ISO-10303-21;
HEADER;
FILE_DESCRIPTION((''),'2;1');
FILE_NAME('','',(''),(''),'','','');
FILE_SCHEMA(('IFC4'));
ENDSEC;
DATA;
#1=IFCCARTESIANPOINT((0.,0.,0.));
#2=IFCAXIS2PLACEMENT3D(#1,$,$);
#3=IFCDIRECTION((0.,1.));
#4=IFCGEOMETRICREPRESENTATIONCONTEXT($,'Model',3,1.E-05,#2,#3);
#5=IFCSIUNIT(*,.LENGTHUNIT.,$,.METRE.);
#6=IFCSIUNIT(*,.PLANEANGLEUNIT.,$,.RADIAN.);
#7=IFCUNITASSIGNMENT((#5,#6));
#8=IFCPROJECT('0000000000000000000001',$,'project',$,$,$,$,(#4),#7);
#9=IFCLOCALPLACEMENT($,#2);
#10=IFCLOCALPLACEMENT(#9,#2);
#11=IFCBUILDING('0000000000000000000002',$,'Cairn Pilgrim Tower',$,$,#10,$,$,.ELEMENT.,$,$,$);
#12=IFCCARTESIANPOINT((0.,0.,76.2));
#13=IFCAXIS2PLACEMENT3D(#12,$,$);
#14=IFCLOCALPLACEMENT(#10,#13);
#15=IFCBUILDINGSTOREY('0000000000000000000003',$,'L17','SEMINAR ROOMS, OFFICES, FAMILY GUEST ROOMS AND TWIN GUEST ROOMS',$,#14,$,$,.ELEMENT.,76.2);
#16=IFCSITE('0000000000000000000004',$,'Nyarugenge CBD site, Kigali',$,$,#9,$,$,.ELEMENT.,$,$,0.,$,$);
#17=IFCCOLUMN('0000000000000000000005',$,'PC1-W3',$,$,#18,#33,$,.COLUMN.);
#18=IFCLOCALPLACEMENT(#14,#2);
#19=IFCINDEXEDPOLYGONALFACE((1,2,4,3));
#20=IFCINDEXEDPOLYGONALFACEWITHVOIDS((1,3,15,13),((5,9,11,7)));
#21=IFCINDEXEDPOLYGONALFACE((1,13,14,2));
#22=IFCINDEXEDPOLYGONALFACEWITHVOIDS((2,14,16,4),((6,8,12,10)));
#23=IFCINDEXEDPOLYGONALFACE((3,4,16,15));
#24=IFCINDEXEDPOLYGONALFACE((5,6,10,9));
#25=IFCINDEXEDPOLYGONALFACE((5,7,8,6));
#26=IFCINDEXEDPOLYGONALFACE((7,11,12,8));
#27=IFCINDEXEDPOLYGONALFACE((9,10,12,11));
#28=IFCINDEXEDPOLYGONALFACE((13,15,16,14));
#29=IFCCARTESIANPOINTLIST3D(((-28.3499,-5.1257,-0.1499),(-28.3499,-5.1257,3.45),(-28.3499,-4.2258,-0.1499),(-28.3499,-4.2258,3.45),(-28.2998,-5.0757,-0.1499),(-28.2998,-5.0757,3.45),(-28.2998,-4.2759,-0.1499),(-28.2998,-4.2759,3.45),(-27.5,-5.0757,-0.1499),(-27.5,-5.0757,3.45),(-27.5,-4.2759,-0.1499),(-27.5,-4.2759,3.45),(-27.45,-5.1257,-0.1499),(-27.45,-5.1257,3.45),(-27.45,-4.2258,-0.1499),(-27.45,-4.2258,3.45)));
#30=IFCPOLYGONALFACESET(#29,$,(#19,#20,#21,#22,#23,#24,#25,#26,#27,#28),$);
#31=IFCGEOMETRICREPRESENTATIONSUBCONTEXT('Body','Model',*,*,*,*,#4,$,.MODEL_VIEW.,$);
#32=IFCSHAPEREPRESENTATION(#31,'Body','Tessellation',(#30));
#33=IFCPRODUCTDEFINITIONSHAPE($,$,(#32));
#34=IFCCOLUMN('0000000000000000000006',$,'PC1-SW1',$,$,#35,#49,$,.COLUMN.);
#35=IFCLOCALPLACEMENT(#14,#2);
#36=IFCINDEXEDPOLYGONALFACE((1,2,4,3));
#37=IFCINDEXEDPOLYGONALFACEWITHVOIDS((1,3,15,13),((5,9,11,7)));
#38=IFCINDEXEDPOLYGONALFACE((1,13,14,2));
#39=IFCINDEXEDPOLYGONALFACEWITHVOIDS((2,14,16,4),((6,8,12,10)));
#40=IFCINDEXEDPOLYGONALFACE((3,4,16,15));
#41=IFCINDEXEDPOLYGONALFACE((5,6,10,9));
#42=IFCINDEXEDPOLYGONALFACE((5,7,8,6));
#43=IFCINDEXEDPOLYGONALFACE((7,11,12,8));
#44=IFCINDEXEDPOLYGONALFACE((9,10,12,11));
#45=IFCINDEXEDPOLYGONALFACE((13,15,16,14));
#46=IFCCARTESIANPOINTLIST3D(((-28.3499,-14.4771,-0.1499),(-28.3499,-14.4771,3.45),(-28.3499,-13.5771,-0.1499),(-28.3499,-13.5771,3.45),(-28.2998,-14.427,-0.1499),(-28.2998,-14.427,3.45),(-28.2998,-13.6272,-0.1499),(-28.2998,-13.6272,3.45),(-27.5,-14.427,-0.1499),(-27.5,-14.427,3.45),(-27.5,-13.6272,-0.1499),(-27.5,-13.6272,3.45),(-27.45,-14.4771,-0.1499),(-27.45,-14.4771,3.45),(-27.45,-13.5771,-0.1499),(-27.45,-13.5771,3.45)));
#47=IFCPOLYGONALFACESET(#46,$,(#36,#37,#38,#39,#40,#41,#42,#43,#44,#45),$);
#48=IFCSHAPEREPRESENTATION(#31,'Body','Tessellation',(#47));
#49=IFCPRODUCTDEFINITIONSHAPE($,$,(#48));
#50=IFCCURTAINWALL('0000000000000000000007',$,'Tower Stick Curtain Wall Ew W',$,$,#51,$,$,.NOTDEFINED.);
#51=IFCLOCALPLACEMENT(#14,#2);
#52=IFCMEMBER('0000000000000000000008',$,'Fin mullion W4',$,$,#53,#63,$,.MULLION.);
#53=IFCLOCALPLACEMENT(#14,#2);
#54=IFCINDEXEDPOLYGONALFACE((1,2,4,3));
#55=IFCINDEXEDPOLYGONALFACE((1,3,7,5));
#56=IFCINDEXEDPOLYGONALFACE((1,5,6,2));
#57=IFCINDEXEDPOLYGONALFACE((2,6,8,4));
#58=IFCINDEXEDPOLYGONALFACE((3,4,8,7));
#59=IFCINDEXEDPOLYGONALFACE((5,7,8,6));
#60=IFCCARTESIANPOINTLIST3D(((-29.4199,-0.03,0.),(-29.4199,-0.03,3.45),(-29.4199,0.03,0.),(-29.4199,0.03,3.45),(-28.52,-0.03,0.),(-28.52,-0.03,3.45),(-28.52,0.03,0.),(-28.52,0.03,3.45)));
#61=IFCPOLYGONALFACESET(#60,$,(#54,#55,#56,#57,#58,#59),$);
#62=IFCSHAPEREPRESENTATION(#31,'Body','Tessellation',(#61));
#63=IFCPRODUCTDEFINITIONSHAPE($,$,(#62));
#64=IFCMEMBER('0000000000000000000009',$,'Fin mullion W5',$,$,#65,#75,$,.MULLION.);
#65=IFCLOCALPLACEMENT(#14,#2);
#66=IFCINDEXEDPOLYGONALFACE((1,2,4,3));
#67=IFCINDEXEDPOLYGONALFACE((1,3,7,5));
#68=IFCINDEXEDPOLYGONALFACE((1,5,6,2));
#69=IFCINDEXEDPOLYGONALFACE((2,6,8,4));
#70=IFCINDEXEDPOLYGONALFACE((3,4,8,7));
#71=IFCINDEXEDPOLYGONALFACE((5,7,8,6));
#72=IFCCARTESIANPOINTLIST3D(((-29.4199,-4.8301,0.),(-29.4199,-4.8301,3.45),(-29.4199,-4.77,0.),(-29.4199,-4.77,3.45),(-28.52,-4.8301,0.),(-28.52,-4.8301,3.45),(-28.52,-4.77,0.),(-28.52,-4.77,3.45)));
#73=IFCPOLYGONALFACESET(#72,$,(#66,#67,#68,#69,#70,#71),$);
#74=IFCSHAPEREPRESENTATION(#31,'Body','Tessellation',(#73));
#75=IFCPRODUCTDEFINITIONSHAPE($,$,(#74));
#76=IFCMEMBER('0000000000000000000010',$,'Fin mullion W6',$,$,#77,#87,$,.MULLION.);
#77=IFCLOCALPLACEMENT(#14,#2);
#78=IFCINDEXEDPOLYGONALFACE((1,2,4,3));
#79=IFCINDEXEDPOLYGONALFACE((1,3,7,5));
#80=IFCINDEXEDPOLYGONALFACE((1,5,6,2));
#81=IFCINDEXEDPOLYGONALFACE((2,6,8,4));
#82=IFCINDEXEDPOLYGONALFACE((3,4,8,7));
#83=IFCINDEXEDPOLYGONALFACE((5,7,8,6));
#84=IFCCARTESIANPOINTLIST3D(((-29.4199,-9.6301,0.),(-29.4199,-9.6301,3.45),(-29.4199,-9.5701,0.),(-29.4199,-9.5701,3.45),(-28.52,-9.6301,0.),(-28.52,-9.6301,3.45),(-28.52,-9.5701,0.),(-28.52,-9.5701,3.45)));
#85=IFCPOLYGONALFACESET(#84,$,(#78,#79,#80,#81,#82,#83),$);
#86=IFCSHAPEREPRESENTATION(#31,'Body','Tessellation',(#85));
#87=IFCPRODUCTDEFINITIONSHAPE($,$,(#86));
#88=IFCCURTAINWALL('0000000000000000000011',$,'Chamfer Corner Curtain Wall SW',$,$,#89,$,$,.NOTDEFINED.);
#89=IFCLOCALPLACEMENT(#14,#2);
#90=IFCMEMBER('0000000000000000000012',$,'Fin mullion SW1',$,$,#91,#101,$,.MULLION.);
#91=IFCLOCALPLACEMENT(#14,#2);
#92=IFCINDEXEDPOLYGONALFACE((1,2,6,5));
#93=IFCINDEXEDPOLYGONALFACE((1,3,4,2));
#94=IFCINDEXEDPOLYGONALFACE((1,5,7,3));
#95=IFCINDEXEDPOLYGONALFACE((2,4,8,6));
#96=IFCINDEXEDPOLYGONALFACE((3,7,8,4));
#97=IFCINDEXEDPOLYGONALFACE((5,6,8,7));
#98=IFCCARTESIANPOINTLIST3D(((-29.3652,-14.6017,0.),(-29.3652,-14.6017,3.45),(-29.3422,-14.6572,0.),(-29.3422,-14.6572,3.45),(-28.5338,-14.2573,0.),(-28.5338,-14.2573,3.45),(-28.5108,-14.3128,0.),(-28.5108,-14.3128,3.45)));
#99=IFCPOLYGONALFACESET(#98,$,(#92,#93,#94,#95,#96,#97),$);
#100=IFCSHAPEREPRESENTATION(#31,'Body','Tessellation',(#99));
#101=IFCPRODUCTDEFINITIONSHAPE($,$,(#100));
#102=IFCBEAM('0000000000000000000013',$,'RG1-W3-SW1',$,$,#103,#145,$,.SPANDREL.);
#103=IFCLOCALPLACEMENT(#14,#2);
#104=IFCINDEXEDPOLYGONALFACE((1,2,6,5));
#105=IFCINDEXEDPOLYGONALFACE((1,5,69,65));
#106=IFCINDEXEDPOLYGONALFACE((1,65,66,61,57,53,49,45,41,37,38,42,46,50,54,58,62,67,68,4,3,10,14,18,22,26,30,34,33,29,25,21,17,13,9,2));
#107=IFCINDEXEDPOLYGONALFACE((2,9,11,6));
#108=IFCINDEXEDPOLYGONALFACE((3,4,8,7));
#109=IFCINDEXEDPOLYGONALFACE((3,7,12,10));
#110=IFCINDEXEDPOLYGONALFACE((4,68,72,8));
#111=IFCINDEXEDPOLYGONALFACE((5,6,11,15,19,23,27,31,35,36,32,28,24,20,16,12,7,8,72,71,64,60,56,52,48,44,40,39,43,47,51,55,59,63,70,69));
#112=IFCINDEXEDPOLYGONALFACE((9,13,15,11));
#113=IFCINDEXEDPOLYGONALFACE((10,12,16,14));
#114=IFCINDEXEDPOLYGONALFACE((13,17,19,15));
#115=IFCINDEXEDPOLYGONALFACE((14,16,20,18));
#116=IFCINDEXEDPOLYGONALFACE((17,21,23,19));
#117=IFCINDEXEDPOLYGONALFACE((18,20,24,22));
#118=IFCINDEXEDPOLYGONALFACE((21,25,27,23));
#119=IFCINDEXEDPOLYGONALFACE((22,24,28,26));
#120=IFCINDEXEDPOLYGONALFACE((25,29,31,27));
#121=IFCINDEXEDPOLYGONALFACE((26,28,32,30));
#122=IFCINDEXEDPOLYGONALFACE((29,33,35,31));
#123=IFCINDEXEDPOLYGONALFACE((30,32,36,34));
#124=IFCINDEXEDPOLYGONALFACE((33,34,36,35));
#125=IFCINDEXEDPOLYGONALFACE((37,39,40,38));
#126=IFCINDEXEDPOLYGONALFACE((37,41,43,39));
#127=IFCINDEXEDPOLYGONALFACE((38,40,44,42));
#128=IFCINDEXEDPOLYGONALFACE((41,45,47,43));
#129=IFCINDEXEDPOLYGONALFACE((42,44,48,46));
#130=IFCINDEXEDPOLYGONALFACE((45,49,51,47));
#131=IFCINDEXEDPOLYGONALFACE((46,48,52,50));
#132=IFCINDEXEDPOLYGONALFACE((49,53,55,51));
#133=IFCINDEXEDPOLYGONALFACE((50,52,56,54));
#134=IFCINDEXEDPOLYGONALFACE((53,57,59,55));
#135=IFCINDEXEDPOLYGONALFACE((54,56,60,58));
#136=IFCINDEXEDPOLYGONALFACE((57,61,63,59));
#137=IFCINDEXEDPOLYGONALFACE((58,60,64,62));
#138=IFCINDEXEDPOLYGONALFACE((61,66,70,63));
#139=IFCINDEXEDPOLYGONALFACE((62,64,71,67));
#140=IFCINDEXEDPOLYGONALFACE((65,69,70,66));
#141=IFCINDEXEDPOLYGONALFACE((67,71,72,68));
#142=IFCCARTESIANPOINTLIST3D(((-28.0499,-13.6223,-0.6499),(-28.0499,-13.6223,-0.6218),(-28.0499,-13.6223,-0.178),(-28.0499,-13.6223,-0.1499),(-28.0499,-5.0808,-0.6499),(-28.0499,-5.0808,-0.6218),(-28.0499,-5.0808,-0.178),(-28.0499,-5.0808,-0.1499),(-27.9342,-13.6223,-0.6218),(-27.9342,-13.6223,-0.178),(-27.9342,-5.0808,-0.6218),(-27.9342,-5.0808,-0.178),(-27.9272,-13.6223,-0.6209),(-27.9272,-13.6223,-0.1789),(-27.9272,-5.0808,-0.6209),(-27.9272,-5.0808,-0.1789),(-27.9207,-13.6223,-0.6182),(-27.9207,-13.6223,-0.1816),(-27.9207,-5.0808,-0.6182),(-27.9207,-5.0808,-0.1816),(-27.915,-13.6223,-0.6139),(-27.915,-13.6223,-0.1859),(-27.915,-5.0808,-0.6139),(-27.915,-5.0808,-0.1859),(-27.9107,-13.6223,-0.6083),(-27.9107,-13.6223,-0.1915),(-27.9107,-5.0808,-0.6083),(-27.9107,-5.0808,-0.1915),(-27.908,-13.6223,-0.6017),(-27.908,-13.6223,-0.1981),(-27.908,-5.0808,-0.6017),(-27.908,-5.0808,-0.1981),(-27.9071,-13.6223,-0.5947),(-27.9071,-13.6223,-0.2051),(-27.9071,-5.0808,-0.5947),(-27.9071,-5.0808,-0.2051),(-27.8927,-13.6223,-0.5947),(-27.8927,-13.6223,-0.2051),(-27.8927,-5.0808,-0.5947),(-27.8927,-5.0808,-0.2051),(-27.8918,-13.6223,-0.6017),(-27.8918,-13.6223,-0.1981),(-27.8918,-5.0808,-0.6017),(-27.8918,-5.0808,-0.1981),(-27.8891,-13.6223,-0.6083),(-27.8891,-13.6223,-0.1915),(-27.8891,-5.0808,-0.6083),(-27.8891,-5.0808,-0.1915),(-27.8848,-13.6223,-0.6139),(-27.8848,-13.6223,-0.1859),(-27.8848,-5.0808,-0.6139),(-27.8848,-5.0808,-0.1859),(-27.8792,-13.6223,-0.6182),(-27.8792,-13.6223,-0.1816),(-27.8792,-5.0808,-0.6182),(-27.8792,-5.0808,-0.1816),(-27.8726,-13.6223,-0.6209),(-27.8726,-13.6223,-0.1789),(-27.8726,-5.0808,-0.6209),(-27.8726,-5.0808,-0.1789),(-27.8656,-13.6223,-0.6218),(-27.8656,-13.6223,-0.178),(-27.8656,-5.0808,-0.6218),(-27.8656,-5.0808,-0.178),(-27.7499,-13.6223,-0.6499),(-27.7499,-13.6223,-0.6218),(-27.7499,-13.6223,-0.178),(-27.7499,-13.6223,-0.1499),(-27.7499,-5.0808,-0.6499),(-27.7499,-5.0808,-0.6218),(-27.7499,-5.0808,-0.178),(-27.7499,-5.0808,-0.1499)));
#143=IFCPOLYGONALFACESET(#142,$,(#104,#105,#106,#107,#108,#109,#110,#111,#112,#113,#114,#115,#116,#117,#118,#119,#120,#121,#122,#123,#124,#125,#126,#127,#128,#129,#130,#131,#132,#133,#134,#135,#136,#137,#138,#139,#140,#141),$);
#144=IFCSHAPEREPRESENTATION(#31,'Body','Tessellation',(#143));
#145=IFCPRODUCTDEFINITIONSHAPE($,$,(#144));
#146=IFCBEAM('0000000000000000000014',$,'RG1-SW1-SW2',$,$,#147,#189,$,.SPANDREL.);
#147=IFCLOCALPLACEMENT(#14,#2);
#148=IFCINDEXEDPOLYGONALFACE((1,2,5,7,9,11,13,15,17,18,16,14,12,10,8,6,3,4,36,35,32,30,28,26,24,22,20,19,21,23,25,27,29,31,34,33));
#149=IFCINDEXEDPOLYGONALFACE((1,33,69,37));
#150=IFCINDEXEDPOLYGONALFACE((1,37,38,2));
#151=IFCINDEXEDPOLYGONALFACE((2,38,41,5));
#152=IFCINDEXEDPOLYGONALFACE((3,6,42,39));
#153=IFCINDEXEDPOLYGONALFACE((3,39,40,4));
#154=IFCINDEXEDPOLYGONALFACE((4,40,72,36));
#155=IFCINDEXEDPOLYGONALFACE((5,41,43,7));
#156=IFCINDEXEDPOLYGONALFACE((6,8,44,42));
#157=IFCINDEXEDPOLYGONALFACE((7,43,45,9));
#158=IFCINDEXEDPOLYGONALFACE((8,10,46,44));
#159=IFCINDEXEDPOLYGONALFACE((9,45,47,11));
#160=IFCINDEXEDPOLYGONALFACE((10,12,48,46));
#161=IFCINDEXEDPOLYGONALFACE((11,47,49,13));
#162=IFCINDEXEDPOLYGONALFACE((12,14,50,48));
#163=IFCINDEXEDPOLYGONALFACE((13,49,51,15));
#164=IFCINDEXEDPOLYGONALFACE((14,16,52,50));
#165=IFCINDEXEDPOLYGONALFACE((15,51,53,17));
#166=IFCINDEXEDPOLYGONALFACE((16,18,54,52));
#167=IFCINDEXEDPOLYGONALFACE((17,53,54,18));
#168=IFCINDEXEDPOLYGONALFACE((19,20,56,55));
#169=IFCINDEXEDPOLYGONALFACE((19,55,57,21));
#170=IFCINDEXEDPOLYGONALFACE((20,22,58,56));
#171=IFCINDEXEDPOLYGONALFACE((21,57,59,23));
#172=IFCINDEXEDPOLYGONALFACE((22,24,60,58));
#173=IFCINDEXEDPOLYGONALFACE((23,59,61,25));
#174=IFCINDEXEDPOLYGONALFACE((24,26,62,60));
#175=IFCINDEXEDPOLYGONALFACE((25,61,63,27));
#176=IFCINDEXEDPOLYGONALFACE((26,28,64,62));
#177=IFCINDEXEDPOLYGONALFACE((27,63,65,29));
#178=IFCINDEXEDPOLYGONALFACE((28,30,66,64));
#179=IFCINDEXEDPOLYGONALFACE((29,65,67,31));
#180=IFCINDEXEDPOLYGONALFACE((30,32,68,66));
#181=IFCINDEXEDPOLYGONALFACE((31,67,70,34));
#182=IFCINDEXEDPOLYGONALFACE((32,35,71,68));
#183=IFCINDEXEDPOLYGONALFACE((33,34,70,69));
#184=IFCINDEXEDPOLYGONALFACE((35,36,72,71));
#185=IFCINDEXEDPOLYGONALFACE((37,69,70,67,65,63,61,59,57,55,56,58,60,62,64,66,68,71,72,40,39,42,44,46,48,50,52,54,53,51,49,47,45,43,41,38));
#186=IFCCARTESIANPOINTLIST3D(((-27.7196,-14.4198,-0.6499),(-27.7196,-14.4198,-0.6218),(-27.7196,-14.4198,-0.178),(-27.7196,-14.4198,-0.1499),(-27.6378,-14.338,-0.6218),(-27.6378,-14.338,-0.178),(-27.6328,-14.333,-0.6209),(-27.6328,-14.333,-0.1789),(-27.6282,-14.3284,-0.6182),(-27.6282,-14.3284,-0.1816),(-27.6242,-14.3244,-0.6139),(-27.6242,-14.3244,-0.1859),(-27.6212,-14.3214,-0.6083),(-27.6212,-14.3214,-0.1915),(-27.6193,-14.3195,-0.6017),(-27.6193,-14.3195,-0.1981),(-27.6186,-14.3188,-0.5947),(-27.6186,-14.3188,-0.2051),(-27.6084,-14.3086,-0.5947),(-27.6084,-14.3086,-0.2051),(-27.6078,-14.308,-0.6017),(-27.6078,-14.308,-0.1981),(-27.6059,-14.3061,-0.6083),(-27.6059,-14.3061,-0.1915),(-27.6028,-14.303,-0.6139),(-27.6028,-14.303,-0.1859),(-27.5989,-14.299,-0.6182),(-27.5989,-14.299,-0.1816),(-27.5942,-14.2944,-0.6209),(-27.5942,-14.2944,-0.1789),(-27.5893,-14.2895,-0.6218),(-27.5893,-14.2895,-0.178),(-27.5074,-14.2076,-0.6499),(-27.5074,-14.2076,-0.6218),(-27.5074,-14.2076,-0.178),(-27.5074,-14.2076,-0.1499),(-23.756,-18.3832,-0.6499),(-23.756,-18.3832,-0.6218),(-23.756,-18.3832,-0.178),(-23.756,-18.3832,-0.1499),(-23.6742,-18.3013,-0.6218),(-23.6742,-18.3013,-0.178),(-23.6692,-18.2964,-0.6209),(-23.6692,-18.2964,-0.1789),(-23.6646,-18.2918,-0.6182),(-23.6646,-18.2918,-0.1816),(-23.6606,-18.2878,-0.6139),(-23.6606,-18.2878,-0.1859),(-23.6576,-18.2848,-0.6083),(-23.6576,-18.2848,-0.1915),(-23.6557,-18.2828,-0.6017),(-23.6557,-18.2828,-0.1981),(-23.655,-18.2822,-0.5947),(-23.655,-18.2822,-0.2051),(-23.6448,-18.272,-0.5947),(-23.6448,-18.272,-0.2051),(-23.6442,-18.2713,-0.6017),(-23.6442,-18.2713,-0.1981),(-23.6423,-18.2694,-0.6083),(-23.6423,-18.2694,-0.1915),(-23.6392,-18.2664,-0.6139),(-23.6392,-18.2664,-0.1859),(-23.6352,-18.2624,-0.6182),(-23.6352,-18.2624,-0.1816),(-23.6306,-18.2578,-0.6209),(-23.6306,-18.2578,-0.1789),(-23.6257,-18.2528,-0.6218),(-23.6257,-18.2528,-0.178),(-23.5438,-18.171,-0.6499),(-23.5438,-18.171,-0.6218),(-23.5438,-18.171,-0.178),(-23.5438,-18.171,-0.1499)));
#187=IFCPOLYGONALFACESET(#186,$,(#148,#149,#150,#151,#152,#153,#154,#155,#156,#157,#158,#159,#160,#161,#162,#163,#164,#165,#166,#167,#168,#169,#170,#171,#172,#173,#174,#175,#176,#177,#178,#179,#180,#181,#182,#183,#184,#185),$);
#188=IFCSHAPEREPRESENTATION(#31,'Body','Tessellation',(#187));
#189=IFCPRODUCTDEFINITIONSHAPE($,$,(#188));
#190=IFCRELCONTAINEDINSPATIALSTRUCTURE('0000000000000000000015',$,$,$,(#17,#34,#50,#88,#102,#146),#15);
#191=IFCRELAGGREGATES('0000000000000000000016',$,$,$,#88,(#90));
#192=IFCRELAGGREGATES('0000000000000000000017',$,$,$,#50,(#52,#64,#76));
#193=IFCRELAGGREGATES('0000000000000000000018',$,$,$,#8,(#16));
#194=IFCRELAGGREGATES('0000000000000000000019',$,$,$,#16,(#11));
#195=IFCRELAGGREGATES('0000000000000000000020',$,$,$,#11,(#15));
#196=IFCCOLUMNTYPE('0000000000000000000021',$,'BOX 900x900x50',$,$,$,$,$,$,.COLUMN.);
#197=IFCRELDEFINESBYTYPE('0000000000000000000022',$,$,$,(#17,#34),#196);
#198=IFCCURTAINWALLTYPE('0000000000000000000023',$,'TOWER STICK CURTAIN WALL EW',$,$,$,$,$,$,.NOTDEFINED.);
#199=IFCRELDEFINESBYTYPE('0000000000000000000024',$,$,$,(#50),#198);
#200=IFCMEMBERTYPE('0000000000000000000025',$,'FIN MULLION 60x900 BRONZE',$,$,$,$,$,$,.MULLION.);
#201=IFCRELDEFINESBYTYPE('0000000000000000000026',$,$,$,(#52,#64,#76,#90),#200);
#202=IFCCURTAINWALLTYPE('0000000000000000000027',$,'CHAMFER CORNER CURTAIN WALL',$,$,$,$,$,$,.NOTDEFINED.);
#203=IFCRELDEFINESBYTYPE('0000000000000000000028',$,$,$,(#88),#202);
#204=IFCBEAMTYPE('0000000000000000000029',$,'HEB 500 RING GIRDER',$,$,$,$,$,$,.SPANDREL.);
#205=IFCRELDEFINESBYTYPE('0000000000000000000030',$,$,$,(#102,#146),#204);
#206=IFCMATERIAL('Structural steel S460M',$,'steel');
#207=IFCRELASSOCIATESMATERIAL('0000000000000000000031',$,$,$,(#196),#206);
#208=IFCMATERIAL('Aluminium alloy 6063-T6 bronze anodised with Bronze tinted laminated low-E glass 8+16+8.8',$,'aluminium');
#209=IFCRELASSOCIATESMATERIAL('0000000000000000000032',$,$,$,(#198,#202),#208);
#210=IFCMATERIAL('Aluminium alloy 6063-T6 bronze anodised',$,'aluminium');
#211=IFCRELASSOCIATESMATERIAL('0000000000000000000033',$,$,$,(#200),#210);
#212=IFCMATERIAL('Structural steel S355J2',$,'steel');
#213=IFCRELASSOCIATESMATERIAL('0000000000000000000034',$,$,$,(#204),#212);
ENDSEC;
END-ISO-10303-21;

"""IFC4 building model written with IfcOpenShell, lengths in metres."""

from ifc_helpers import new_model, si_unit, direction, frame, origin, origin_2d, place, context, subcontext, project, spatial, rectangle, hollow_rectangle, i_section, extrude, material, material_profile, profile_set, type_object, element, aggregate, save


model = new_model("IFC4")

# Units and contexts
model_context = context("Model", 3, precision=1e-05, world=origin(), true_north=direction((0.0, 1.0)))
body_context = subcontext(model_context, "Body", "Model", "MODEL_VIEW")
ifc_project = project(units=[si_unit("LENGTHUNIT", "METRE"), si_unit("PLANEANGLEUNIT", "RADIAN")], contexts=[model_context])

# Site, building, storey
site_placement = place(None, origin())
site = spatial("IfcSite", under=ifc_project, at=site_placement, Name="Nyarugenge CBD site, Kigali", CompositionType="ELEMENT", RefElevation=0.0)
building_placement = place(site_placement, origin())
building = spatial("IfcBuilding", under=site, at=building_placement, Name="Cairn Pilgrim Tower", CompositionType="ELEMENT")
storey_placement = place(building_placement, frame((0.0, 0.0, 76.2)))
storey = spatial("IfcBuildingStorey", under=building, at=storey_placement, Name="L17", Description="SEMINAR ROOMS, OFFICES, FAMILY GUEST ROOMS AND TWIN GUEST ROOMS", CompositionType="ELEMENT", Elevation=76.2)

# Columns
ifc_material_1 = material(Name="Structural steel S460M", Category="steel")
ifc_material_profile_1 = material_profile(ifc_material_1, hollow_rectangle(XDim=0.8999, YDim=0.8999, WallThickness=0.05, at=origin_2d()), Name="BOX 900x900x50")
ifc_profile_set_1 = profile_set([ifc_material_profile_1], Name="Structural steel S460M")
column_type = type_object("IfcColumnType", Name="BOX 900x900x50", PredefinedType="COLUMN", material=ifc_profile_set_1)
for number, where, z_axis, x_axis, name in (
    (1, (-27.8999, -4.6758, -0.1499), (0.0, 0.0, 1.0), (1.0, 0.0, 0.0), "PC1-W3"),
    (2, (-27.8999, -14.0271, -0.1499), (0.0, 0.0, 1.0), (1.0, 0.0, 0.0), "PC1-SW1"),
):
    element("IfcColumn", number, at=place(storey_placement, frame(where, z_axis=z_axis, x_axis=x_axis)), inside=storey, type_object=column_type, Name=name, PredefinedType="COLUMN", context=body_context, shape_type="SweptSolid", body=[
        extrude(hollow_rectangle(XDim=0.8999, YDim=0.8999, WallThickness=0.05, at=origin_2d()), origin(), (0.0, 0.0, 1.0), 3.5999),
    ])

# Curtain wall, members
ifc_material_2 = material(Name="Aluminium alloy 6063-T6 bronze anodised with Bronze tinted laminated low-E glass 8+16+8.8", Category="aluminium")
curtain_wall_type_1 = type_object("IfcCurtainWallType", Name="TOWER STICK CURTAIN WALL EW", PredefinedType="NOTDEFINED", material=ifc_material_2)
curtain_wall_1_placement = place(storey_placement, origin())
curtain_wall_1 = element("IfcCurtainWall", 3, at=curtain_wall_1_placement, inside=storey, type_object=curtain_wall_type_1, Name="Tower Stick Curtain Wall Ew W", PredefinedType="NOTDEFINED")
ifc_material_3 = material(Name="Aluminium alloy 6063-T6 bronze anodised", Category="aluminium")
ifc_material_profile_2 = material_profile(ifc_material_3, rectangle(XDim=0.8999, YDim=0.0601, at=origin_2d()), Name="FIN MULLION 60x900 BRONZE")
ifc_profile_set_2 = profile_set([ifc_material_profile_2], Name="Aluminium alloy 6063-T6 bronze anodised")
member_type_1 = type_object("IfcMemberType", Name="FIN MULLION 60x900 BRONZE", PredefinedType="MULLION", material=ifc_profile_set_2)
member_1_placement = place(storey_placement, frame((-28.97, 0.0, 0.0), z_axis=(0.0, 0.0, 1.0), x_axis=(-1.0, 0.0, 0.0)))
member_1 = element("IfcMember", 4, at=member_1_placement, type_object=member_type_1, Name="Fin mullion W4", PredefinedType="MULLION", context=body_context, shape_type="SweptSolid", body=[
    extrude(rectangle(XDim=0.8999, YDim=0.0601, at=origin_2d()), origin(), (0.0, 0.0, 1.0), 3.45),
])
member_2_placement = place(storey_placement, frame((-28.97, -4.8, 0.0), z_axis=(0.0, 0.0, 1.0), x_axis=(-1.0, 0.0, 0.0)))
member_2 = element("IfcMember", 5, at=member_2_placement, type_object=member_type_1, Name="Fin mullion W5", PredefinedType="MULLION", context=body_context, shape_type="SweptSolid", body=[
    extrude(rectangle(XDim=0.8999, YDim=0.0601, at=origin_2d()), origin(), (0.0, 0.0, 1.0), 3.45),
])
member_3_placement = place(storey_placement, frame((-28.97, -9.6001, 0.0), z_axis=(0.0, 0.0, 1.0), x_axis=(-1.0, 0.0, 0.0)))
member_3 = element("IfcMember", 6, at=member_3_placement, type_object=member_type_1, Name="Fin mullion W6", PredefinedType="MULLION", context=body_context, shape_type="SweptSolid", body=[
    extrude(rectangle(XDim=0.8999, YDim=0.0601, at=origin_2d()), origin(), (0.0, 0.0, 1.0), 3.45),
])

# Curtain wall, member
curtain_wall_type_2 = type_object("IfcCurtainWallType", Name="CHAMFER CORNER CURTAIN WALL", PredefinedType="NOTDEFINED", material=ifc_material_2)
curtain_wall_2_placement = place(storey_placement, origin())
curtain_wall_2 = element("IfcCurtainWall", 7, at=curtain_wall_2_placement, inside=storey, type_object=curtain_wall_type_2, Name="Chamfer Corner Curtain Wall SW", PredefinedType="NOTDEFINED")
member_4_placement = place(storey_placement, frame((-28.938, -14.4573, 0.0), z_axis=(0.0, 0.0, 1.0), x_axis=(-0.92388, -0.382683, 0.0)))
member_4 = element("IfcMember", 8, at=member_4_placement, type_object=member_type_1, Name="Fin mullion SW1", PredefinedType="MULLION", context=body_context, shape_type="SweptSolid", body=[
    extrude(rectangle(XDim=0.8999, YDim=0.0601, at=origin_2d()), origin(), (0.0, 0.0, 1.0), 3.45),
])

# Beams
ifc_material_4 = material(Name="Structural steel S355J2", Category="steel")
ifc_material_profile_3 = material_profile(ifc_material_4, i_section(OverallWidth=0.3, OverallDepth=0.5, WebThickness=0.0144, FlangeThickness=0.0281, FilletRadius=0.0271, at=origin_2d()), Name="HEB 500")
ifc_profile_set_3 = profile_set([ifc_material_profile_3], Name="Structural steel S355J2")
beam_type_1 = type_object("IfcBeamType", Name="HEB 500 RING GIRDER", PredefinedType="SPANDREL", material=ifc_profile_set_3)
beam_1_placement = place(storey_placement, frame((-27.8999, -5.0808, -0.3999), z_axis=(0.0, -1.0, 0.0), x_axis=(1.0, 0.0, 0.0)))
element("IfcBeam", 9, at=beam_1_placement, inside=storey, type_object=beam_type_1, Name="RG1-W3-SW1", PredefinedType="SPANDREL", context=body_context, shape_type="SweptSolid", body=[
    extrude(i_section(OverallWidth=0.3, OverallDepth=0.5, WebThickness=0.0144, FlangeThickness=0.0281, FilletRadius=0.0271, at=origin_2d()), origin(), (0.0, 0.0, 1.0), 8.5415),
])
beam_2_placement = place(storey_placement, frame((-27.6135, -14.3137, -0.3999), z_axis=(0.707129, -0.707085, 0.0), x_axis=(0.707085, 0.707129, 0.0)))
element("IfcBeam", 10, at=beam_2_placement, inside=storey, type_object=beam_type_1, Name="RG1-SW1-SW2", PredefinedType="SPANDREL", context=body_context, shape_type="SweptSolid", body=[
    extrude(i_section(OverallWidth=0.3, OverallDepth=0.5, WebThickness=0.0144, FlangeThickness=0.0281, FilletRadius=0.0271, at=origin_2d()), origin(), (0.0, 0.0, 1.0), 5.6052),
])

aggregate(curtain_wall_2, [member_4])

aggregate(curtain_wall_1, [member_1, member_2, member_3])

save(model, "model.ifc")
